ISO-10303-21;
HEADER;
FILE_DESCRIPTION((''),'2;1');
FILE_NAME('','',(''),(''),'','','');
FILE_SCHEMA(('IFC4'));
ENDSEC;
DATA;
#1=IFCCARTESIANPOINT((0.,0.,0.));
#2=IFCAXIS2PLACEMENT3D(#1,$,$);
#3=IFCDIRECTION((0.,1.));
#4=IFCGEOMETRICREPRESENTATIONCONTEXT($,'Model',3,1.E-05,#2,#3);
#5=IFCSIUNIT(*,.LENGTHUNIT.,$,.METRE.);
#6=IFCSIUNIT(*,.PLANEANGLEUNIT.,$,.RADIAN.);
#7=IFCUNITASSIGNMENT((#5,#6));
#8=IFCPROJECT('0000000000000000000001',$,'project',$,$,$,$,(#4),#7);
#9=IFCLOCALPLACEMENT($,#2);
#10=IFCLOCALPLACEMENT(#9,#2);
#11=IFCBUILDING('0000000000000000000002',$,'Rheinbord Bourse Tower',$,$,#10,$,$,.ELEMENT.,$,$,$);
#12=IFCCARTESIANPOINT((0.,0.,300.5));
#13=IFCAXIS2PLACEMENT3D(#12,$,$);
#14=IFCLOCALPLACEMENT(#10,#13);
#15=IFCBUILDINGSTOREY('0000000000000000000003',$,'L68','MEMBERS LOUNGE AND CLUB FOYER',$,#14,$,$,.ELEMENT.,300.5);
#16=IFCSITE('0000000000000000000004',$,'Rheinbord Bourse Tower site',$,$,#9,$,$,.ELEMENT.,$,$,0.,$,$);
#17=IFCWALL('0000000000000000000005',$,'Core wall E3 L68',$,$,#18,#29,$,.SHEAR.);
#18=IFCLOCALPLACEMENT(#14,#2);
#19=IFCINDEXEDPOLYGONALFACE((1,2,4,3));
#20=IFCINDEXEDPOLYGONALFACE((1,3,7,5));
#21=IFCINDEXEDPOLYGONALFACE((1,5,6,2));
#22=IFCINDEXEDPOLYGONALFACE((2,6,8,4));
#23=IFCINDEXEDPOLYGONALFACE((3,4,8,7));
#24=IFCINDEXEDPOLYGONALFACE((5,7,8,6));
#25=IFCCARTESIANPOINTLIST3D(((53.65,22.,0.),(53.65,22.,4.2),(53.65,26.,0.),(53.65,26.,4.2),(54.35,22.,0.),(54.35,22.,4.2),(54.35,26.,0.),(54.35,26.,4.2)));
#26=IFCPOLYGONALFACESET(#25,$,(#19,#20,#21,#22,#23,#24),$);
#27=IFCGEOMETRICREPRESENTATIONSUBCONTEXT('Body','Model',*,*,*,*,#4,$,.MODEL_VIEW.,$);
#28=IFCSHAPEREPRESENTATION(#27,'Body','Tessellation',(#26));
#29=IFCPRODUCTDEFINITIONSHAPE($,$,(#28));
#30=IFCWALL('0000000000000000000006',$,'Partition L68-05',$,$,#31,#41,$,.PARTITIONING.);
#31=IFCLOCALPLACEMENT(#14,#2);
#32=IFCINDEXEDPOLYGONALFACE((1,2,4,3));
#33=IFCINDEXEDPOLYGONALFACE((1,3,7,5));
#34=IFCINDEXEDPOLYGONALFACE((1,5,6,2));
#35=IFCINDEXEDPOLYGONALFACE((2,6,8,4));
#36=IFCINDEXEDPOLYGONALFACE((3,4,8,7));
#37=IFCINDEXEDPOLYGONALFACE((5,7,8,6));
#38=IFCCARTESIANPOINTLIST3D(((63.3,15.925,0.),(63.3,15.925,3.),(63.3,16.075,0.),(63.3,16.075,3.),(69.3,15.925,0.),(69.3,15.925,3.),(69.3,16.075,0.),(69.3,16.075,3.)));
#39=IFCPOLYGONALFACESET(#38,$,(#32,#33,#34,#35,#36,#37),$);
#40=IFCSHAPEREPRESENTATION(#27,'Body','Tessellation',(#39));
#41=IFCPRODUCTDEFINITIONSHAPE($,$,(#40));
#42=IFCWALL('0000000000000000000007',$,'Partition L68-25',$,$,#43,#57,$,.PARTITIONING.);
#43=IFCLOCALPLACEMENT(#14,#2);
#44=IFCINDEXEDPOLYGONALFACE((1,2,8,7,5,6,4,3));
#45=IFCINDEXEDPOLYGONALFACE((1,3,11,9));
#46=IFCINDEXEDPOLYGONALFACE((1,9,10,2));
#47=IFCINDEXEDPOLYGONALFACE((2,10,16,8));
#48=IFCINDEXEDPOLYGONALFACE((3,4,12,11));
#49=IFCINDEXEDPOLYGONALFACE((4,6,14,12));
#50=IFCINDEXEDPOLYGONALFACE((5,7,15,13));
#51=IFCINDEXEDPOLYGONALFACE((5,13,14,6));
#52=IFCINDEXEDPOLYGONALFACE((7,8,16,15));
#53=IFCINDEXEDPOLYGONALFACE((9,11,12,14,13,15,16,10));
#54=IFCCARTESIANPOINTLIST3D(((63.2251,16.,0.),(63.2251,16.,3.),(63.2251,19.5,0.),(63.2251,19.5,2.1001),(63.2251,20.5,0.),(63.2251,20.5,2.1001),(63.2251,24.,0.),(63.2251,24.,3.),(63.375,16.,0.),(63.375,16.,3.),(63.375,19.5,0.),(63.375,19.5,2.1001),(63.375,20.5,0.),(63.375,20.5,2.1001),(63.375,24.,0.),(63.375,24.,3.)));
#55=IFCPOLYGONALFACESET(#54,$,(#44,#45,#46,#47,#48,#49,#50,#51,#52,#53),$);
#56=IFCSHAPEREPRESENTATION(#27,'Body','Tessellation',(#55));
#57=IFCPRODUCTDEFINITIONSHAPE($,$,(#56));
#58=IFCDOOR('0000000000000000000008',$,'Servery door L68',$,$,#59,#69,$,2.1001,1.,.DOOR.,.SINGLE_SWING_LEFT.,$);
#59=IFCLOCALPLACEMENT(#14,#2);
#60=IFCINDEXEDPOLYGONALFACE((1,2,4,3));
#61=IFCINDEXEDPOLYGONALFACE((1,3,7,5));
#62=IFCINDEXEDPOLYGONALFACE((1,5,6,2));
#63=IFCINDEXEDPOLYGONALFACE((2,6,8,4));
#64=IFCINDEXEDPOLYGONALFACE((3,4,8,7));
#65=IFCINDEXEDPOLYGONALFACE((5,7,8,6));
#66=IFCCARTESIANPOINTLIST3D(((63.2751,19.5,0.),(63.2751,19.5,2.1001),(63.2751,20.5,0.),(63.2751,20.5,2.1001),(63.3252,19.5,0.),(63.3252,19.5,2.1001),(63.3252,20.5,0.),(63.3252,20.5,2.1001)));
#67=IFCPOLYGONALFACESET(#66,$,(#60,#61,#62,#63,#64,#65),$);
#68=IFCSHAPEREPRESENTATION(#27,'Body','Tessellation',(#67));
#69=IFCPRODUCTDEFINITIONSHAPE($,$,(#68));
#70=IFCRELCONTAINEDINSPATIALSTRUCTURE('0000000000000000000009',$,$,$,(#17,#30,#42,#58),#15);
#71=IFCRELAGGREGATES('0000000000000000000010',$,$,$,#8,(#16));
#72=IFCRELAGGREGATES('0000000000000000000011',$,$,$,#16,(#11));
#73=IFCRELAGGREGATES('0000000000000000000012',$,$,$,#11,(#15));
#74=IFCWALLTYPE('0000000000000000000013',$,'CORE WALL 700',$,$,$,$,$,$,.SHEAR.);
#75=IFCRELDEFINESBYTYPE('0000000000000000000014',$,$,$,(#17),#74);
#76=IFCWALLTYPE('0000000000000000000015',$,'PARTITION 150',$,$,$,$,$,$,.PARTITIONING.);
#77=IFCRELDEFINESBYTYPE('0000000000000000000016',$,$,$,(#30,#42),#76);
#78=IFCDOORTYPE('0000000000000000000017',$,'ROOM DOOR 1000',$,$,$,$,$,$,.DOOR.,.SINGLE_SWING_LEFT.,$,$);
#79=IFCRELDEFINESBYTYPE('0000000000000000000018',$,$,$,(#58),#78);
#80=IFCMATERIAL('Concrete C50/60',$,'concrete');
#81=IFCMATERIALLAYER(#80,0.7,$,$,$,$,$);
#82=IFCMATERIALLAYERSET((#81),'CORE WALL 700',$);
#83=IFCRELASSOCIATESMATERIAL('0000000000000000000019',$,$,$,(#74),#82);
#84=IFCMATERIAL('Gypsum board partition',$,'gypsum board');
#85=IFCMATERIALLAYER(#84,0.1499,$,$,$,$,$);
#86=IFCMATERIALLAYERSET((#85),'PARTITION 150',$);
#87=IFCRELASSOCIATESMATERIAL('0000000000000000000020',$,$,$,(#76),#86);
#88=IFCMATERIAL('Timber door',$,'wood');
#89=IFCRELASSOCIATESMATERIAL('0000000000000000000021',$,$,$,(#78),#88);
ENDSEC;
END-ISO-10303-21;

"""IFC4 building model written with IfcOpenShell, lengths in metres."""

from ifc_helpers import new_model, si_unit, direction, frame, frame_2d, origin, place, context, subcontext, project, spatial, rectangle, extrude, material, layer, layer_set, type_object, element, fill, save


model = new_model("IFC4")

# Units and contexts
model_context = context("Model", 3, precision=1e-05, world=origin(), true_north=direction((0.0, 1.0)))
body_context = subcontext(model_context, "Body", "Model", "MODEL_VIEW")
ifc_project = project(units=[si_unit("LENGTHUNIT", "METRE"), si_unit("PLANEANGLEUNIT", "RADIAN")], contexts=[model_context])

# Site, building, storey
site_placement = place(None, origin())
site = spatial("IfcSite", under=ifc_project, at=site_placement, Name="Rheinbord Bourse Tower site", CompositionType="ELEMENT", RefElevation=0.0)
building_placement = place(site_placement, origin())
building = spatial("IfcBuilding", under=site, at=building_placement, Name="Rheinbord Bourse Tower", CompositionType="ELEMENT")
storey_placement = place(building_placement, frame((0.0, 0.0, 300.5)))
storey = spatial("IfcBuildingStorey", under=building, at=storey_placement, Name="L68", Description="MEMBERS LOUNGE AND CLUB FOYER", CompositionType="ELEMENT", Elevation=300.5)

# Walls
ifc_material_1 = material(Name="Concrete C50/60", Category="concrete")
ifc_layer_1 = layer(ifc_material_1, 0.7)
ifc_layer_set_1 = layer_set([ifc_layer_1], Name="CORE WALL 700")
wall_type_1 = type_object("IfcWallType", Name="CORE WALL 700", PredefinedType="SHEAR", material=ifc_layer_set_1)
wall_1_placement = place(storey_placement, frame((54.0, 22.0, 0.0), z_axis=(0.0, 0.0, 1.0), x_axis=(0.0, 1.0, 0.0)))
element("IfcWall", 1, at=wall_1_placement, inside=storey, type_object=wall_type_1, Name="Core wall E3 L68", PredefinedType="SHEAR", context=body_context, shape_type="SweptSolid", body=[
    extrude(rectangle(XDim=4.0, YDim=0.7, at=frame_2d((2.0, 0.0))), origin(), (0.0, 0.0, 1.0), 4.2),
])
ifc_material_2 = material(Name="Gypsum board partition", Category="gypsum board")
ifc_layer_2 = layer(ifc_material_2, 0.1499)
ifc_layer_set_2 = layer_set([ifc_layer_2], Name="PARTITION 150")
wall_type_2 = type_object("IfcWallType", Name="PARTITION 150", PredefinedType="PARTITIONING", material=ifc_layer_set_2)
wall_2_placement = place(storey_placement, frame((63.3, 16.0, 0.0), z_axis=(0.0, 0.0, 1.0), x_axis=(1.0, 0.0, 0.0)))
element("IfcWall", 2, at=wall_2_placement, inside=storey, type_object=wall_type_2, Name="Partition L68-05", PredefinedType="PARTITIONING", context=body_context, shape_type="SweptSolid", body=[
    extrude(rectangle(XDim=6.0, YDim=0.1499, at=frame_2d((3.0, 0.0))), origin(), (0.0, 0.0, 1.0), 3.0),
])

# Wall, opening, door
wall_3_placement = place(storey_placement, frame((63.3, 16.0, 0.0), z_axis=(0.0, 0.0, 1.0), x_axis=(0.0, 1.0, 0.0)))
wall_3 = element("IfcWall", 3, at=wall_3_placement, inside=storey, type_object=wall_type_2, Name="Partition L68-25", PredefinedType="PARTITIONING", context=body_context, shape_type="SweptSolid", body=[
    extrude(rectangle(XDim=8.0, YDim=0.1499, at=frame_2d((4.0, 0.0))), origin(), (0.0, 0.0, 1.0), 3.0),
])
opening_placement = place(wall_3_placement, frame((3.5, 0.0, 0.0)))
opening = element("IfcOpeningElement", 4, at=opening_placement, cuts=wall_3, PredefinedType="OPENING", context=body_context, shape_type="SweptSolid", body=[
    extrude(rectangle(XDim=1.0, YDim=2.1001, at=frame_2d((0.5, 1.05))), frame((0.0, 0.085, 0.0), z_axis=(0.0, -1.0, 0.0), x_axis=(1.0, 0.0, 0.0)), (0.0, 0.0, 1.0), 0.1699),
])
ifc_material_3 = material(Name="Timber door", Category="wood")
door_type = type_object("IfcDoorType", Name="ROOM DOOR 1000", OperationType="SINGLE_SWING_LEFT", PredefinedType="DOOR", material=ifc_material_3)
door_placement = place(opening_placement, origin())
door = element("IfcDoor", 5, at=door_placement, inside=storey, type_object=door_type, Name="Servery door L68", OperationType="SINGLE_SWING_LEFT", OverallHeight=2.1001, OverallWidth=1.0, PredefinedType="DOOR", context=body_context, shape_type="SweptSolid", body=[
    extrude(rectangle(XDim=1.0, YDim=2.1001, at=frame_2d((0.5, 1.05))), frame((0.0, 0.0249, 0.0), z_axis=(0.0, -1.0, 0.0), x_axis=(1.0, 0.0, 0.0)), (0.0, 0.0, 1.0), 0.05),
])
fill(opening, door)

save(model, "model.ifc")
